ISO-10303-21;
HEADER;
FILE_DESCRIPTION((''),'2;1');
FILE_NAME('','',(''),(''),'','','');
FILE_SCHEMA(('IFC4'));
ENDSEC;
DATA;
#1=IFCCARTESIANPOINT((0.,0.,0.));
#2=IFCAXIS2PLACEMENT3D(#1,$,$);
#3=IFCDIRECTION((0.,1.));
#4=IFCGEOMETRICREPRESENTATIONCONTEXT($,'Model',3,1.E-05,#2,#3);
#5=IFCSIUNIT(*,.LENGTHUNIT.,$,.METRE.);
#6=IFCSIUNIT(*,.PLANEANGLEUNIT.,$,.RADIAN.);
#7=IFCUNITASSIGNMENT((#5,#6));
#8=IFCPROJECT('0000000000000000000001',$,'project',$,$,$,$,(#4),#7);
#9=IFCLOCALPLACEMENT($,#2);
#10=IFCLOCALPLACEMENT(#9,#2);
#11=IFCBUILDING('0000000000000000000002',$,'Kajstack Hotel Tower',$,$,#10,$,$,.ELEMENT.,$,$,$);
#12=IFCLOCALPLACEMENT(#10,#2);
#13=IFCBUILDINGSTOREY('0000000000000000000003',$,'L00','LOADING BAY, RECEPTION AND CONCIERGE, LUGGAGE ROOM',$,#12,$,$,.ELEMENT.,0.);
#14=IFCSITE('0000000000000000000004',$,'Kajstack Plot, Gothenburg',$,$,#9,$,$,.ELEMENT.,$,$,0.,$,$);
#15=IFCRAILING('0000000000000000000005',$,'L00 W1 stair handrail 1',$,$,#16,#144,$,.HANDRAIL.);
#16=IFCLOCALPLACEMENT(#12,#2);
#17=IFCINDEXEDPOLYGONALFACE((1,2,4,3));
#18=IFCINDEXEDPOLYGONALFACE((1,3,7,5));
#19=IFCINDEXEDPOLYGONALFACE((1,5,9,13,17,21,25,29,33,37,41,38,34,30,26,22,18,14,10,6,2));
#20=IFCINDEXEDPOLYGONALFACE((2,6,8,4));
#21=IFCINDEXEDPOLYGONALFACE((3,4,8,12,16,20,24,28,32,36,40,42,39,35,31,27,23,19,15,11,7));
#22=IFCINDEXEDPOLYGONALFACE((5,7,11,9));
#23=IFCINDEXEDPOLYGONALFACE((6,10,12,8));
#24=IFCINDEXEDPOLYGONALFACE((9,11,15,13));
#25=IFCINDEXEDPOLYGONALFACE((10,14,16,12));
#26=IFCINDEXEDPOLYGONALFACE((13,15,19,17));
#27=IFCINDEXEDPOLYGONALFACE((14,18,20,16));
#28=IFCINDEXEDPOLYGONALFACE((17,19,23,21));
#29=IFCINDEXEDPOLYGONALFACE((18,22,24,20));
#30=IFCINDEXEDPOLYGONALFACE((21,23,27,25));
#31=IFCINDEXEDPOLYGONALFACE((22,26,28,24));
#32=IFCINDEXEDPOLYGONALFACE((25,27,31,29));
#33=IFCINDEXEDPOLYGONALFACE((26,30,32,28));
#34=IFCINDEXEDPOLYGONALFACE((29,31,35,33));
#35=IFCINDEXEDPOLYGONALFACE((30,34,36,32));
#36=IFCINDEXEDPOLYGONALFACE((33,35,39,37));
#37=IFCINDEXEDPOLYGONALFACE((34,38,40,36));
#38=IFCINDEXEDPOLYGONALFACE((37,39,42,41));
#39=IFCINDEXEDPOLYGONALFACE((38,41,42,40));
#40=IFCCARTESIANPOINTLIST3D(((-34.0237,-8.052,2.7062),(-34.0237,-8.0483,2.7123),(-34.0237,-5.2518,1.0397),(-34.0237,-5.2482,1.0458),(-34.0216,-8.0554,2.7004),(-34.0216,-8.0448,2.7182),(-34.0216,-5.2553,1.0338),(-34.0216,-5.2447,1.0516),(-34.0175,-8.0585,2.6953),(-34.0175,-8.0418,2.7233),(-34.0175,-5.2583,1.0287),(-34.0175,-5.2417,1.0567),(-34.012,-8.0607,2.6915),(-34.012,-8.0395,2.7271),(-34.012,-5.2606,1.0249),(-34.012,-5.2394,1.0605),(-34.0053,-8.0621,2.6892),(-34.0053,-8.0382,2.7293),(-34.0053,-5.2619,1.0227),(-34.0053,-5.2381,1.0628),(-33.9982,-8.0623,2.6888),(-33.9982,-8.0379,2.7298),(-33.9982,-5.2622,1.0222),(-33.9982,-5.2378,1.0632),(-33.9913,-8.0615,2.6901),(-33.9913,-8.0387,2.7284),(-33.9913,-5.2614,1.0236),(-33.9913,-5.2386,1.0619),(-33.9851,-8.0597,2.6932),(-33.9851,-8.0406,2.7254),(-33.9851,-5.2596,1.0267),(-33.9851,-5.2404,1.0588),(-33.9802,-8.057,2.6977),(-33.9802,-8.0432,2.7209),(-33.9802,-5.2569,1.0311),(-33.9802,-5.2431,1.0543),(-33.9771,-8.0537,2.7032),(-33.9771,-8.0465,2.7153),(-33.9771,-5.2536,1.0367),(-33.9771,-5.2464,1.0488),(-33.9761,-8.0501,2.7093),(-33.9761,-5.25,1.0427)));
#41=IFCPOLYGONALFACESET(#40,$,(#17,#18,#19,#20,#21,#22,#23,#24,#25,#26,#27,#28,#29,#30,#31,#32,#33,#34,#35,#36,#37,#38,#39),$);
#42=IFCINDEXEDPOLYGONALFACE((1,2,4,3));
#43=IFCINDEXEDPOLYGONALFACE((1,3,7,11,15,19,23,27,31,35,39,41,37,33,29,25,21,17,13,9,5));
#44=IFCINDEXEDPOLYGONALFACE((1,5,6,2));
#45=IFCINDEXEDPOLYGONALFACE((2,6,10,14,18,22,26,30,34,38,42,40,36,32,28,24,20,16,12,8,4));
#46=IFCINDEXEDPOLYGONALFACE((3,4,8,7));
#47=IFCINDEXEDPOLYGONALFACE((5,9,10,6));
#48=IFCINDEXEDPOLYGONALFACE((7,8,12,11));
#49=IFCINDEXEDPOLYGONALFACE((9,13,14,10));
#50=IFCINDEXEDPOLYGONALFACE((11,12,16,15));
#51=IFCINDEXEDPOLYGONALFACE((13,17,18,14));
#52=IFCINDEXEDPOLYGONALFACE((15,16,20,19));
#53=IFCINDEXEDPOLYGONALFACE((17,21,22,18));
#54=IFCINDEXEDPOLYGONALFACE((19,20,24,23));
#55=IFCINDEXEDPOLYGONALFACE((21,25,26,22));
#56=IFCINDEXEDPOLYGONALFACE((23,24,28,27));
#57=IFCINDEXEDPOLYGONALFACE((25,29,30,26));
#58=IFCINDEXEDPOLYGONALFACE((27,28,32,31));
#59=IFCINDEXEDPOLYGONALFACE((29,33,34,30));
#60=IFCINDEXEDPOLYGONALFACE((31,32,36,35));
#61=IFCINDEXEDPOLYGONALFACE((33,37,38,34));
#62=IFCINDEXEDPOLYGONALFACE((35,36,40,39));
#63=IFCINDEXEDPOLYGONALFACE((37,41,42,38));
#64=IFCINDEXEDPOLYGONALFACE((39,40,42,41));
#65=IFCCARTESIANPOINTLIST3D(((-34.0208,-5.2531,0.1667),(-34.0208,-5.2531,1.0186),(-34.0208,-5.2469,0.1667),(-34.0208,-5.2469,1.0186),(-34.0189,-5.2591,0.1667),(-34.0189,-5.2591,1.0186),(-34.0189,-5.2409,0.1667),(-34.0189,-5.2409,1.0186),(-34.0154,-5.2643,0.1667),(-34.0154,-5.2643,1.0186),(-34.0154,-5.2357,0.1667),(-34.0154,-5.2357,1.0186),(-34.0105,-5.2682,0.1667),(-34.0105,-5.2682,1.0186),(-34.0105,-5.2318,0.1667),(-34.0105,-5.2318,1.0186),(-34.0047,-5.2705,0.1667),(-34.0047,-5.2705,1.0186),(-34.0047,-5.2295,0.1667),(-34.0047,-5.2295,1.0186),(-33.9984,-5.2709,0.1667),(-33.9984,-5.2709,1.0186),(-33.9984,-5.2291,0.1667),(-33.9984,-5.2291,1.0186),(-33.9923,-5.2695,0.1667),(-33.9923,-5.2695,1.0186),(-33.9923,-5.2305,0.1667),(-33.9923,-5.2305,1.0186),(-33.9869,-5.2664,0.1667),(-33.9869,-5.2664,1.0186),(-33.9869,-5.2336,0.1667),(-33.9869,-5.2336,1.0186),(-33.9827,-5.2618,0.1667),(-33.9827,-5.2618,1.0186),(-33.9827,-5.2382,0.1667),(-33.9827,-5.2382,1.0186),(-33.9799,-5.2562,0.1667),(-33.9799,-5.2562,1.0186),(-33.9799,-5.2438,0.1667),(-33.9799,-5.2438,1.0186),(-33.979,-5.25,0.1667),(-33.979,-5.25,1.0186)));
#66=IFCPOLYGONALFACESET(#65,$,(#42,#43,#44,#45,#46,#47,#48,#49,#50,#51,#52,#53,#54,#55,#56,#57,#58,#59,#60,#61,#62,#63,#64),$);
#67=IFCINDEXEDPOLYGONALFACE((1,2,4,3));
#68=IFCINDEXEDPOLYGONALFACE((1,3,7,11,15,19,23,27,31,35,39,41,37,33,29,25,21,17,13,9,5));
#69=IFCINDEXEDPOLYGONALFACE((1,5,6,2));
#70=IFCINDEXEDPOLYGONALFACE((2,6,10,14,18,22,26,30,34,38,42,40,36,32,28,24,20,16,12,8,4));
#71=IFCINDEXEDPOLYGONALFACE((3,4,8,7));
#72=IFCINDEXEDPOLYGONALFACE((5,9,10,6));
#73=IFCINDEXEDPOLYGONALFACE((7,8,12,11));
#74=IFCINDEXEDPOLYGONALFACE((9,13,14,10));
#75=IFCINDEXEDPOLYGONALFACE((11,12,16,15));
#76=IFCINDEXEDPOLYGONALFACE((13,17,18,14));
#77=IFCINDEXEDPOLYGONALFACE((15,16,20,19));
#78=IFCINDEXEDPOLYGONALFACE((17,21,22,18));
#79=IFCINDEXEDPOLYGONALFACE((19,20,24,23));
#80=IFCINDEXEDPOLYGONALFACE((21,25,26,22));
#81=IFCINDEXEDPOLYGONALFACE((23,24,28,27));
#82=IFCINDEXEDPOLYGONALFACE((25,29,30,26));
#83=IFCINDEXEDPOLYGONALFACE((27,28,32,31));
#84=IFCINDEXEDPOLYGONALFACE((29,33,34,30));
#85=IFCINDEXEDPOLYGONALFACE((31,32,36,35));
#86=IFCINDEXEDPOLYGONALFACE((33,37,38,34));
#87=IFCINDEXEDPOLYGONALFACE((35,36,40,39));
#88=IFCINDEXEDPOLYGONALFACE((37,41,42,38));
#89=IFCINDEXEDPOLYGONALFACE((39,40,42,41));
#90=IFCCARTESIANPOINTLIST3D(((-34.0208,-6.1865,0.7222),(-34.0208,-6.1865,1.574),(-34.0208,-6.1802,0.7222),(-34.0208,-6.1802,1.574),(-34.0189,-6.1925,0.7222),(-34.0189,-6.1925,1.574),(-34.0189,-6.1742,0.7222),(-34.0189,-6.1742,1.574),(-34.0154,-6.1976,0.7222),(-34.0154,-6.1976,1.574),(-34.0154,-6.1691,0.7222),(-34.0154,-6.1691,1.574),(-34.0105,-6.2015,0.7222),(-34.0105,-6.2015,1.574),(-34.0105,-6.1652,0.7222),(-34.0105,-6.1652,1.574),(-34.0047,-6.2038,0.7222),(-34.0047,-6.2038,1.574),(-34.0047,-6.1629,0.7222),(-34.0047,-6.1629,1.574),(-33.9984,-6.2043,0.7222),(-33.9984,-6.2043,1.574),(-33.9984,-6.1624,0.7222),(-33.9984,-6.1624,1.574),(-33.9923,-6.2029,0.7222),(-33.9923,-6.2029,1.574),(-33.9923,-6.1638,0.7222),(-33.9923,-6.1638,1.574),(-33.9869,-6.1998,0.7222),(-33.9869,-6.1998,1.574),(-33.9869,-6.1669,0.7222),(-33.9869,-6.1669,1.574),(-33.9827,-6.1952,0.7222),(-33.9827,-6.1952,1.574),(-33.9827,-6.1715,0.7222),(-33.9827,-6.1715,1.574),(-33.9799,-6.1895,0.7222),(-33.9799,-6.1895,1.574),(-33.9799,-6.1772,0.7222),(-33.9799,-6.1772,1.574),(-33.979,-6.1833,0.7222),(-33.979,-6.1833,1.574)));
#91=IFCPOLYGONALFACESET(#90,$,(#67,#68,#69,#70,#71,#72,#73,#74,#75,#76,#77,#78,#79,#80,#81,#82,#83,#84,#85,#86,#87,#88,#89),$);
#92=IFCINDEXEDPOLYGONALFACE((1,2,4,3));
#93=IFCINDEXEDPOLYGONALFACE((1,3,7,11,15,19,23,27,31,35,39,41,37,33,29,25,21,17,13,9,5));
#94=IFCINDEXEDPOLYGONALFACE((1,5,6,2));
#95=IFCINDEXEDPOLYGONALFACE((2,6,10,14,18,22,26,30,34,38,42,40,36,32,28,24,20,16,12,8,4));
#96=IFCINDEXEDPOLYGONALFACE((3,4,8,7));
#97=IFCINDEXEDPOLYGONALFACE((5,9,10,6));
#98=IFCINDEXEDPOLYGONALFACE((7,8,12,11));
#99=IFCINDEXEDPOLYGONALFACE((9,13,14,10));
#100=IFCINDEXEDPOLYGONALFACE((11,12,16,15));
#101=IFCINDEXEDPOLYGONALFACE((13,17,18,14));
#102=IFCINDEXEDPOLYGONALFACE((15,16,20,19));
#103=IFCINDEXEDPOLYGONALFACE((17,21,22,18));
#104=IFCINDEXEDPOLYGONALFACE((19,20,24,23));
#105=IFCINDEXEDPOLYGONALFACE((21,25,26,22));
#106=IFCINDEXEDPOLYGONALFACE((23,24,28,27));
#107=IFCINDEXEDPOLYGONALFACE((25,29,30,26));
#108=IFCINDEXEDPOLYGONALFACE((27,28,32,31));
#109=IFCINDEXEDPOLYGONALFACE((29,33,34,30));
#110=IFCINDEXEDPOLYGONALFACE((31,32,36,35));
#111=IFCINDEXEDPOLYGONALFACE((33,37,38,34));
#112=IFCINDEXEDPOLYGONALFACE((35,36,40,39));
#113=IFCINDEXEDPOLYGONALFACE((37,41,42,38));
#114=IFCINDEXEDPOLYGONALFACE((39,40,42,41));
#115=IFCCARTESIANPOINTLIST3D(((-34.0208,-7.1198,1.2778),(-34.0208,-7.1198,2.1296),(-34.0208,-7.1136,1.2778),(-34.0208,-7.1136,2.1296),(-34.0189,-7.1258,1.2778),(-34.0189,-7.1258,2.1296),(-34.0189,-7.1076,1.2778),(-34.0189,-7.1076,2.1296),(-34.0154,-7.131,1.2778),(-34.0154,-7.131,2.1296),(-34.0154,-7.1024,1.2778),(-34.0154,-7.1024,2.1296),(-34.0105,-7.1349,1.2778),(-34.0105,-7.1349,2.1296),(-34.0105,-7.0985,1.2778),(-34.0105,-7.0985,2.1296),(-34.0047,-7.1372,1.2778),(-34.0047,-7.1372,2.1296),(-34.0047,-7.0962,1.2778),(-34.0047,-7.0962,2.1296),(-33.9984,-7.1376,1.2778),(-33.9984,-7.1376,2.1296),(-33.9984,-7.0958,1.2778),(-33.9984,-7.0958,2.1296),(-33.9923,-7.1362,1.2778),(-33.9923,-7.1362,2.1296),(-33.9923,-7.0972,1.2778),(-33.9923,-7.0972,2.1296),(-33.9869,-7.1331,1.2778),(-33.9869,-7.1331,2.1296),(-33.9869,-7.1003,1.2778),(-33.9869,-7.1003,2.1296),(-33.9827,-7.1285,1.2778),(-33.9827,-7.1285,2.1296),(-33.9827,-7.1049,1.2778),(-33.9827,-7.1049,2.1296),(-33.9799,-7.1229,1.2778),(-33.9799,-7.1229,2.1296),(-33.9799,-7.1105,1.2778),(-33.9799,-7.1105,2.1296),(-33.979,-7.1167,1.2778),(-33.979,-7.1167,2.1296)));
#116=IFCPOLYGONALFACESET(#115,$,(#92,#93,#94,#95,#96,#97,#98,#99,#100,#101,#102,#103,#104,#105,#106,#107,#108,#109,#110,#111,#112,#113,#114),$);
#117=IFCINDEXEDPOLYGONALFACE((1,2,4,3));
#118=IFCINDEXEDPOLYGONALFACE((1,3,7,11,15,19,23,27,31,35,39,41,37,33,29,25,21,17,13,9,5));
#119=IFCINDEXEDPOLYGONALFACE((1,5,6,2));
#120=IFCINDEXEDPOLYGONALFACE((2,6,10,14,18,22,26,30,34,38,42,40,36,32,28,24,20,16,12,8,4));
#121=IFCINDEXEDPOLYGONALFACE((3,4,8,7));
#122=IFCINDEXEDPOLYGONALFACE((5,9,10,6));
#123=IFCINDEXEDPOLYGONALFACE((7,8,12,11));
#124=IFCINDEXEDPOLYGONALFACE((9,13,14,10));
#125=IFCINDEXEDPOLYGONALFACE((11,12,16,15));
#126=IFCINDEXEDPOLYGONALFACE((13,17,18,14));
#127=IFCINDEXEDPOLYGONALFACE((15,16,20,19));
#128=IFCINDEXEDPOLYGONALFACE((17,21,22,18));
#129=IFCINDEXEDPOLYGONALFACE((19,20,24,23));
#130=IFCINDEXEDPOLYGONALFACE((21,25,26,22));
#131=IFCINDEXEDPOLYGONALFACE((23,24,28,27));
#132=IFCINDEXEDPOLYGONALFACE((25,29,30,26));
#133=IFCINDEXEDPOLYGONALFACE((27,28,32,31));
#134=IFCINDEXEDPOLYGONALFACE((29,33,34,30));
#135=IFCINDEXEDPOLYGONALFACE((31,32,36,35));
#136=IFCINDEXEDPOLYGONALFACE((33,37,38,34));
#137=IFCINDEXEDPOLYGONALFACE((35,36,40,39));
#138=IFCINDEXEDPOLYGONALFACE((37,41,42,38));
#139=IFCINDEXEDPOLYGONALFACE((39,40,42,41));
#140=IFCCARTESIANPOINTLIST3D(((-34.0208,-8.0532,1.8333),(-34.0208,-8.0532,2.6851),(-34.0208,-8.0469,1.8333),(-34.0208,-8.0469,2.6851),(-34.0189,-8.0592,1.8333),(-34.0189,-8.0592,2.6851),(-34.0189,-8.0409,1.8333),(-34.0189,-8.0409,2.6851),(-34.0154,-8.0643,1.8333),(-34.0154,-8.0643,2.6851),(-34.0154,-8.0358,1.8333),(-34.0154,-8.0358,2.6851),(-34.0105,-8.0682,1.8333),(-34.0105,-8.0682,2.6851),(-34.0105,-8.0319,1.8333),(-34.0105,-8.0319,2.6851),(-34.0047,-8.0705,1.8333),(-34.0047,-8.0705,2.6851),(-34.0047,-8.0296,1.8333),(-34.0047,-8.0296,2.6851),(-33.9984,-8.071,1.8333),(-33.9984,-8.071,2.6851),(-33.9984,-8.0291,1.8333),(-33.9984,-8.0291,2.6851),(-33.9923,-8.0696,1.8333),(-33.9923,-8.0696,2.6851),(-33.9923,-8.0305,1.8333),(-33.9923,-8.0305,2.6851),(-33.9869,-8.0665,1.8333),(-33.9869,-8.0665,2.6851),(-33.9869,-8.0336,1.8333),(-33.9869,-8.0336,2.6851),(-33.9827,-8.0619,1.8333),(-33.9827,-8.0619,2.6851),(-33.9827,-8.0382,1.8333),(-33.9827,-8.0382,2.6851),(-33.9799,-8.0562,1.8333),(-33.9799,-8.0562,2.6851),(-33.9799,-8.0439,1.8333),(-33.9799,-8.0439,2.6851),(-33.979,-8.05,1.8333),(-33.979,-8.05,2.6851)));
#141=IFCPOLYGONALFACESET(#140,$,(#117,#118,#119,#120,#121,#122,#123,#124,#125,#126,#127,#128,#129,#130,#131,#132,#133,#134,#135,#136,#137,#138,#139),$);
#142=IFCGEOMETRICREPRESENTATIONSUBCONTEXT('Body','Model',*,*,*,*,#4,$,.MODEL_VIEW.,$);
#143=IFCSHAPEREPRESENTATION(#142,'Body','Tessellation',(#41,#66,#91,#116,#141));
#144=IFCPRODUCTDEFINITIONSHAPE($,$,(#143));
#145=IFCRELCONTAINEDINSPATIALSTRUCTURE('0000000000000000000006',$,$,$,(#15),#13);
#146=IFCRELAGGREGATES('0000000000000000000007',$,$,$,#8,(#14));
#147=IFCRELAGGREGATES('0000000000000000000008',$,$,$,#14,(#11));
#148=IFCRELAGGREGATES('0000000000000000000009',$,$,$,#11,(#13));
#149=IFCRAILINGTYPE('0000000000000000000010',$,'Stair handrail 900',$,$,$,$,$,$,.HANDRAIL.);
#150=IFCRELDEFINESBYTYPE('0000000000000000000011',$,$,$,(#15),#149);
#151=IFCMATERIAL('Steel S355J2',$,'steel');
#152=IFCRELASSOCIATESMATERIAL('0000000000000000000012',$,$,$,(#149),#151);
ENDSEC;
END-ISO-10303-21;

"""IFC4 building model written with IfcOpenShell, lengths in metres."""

from ifc_helpers import new_model, si_unit, direction, frame, origin, origin_2d, place, context, subcontext, project, spatial, circle, extrude, material, type_object, element, save


model = new_model("IFC4")

# Units and contexts
model_context = context("Model", 3, precision=1e-05, world=origin(), true_north=direction((0.0, 1.0)))
body_context = subcontext(model_context, "Body", "Model", "MODEL_VIEW")
ifc_project = project(units=[si_unit("LENGTHUNIT", "METRE"), si_unit("PLANEANGLEUNIT", "RADIAN")], contexts=[model_context])

# Site, building, storey
site_placement = place(None, origin())
site = spatial("IfcSite", under=ifc_project, at=site_placement, Name="Kajstack Plot, Gothenburg", CompositionType="ELEMENT", RefElevation=0.0)
building_placement = place(site_placement, origin())
building = spatial("IfcBuilding", under=site, at=building_placement, Name="Kajstack Hotel Tower", CompositionType="ELEMENT")
storey_placement = place(building_placement, origin())
storey = spatial("IfcBuildingStorey", under=building, at=storey_placement, Name="L00", Description="LOADING BAY, RECEPTION AND CONCIERGE, LUGGAGE ROOM", CompositionType="ELEMENT", Elevation=0.0)

# Railing
ifc_material_1 = material(Name="Steel S355J2", Category="steel")
railing_type_1 = type_object("IfcRailingType", Name="Stair handrail 900", PredefinedType="HANDRAIL", material=ifc_material_1)
railing_1_placement = place(storey_placement, frame((-34.0, -5.25, 0.1667)))
element("IfcRailing", 1, at=railing_1_placement, inside=storey, type_object=railing_type_1, Name="L00 W1 stair handrail 1", PredefinedType="HANDRAIL", context=body_context, shape_type="SweptSolid", body=[
    extrude(circle(Radius=0.0239, at=origin_2d()), frame((0.0, 0.0, 0.876), z_axis=(0.0, -0.859319, 0.51144), x_axis=(1.0, 0.0, 0.0)), (0.0, 0.0, 1.0), 3.2585),
    extrude(circle(Radius=0.021, at=origin_2d()), origin(), (0.0, 0.0, 1.0), 0.8518),
    extrude(circle(Radius=0.021, at=origin_2d()), frame((0.0, -0.9333, 0.5554)), (0.0, 0.0, 1.0), 0.8518),
    extrude(circle(Radius=0.021, at=origin_2d()), frame((0.0, -1.8667, 1.1111)), (0.0, 0.0, 1.0), 0.8518),
    extrude(circle(Radius=0.021, at=origin_2d()), frame((0.0, -2.8, 1.6665)), (0.0, 0.0, 1.0), 0.8518),
])

save(model, "model.ifc")
